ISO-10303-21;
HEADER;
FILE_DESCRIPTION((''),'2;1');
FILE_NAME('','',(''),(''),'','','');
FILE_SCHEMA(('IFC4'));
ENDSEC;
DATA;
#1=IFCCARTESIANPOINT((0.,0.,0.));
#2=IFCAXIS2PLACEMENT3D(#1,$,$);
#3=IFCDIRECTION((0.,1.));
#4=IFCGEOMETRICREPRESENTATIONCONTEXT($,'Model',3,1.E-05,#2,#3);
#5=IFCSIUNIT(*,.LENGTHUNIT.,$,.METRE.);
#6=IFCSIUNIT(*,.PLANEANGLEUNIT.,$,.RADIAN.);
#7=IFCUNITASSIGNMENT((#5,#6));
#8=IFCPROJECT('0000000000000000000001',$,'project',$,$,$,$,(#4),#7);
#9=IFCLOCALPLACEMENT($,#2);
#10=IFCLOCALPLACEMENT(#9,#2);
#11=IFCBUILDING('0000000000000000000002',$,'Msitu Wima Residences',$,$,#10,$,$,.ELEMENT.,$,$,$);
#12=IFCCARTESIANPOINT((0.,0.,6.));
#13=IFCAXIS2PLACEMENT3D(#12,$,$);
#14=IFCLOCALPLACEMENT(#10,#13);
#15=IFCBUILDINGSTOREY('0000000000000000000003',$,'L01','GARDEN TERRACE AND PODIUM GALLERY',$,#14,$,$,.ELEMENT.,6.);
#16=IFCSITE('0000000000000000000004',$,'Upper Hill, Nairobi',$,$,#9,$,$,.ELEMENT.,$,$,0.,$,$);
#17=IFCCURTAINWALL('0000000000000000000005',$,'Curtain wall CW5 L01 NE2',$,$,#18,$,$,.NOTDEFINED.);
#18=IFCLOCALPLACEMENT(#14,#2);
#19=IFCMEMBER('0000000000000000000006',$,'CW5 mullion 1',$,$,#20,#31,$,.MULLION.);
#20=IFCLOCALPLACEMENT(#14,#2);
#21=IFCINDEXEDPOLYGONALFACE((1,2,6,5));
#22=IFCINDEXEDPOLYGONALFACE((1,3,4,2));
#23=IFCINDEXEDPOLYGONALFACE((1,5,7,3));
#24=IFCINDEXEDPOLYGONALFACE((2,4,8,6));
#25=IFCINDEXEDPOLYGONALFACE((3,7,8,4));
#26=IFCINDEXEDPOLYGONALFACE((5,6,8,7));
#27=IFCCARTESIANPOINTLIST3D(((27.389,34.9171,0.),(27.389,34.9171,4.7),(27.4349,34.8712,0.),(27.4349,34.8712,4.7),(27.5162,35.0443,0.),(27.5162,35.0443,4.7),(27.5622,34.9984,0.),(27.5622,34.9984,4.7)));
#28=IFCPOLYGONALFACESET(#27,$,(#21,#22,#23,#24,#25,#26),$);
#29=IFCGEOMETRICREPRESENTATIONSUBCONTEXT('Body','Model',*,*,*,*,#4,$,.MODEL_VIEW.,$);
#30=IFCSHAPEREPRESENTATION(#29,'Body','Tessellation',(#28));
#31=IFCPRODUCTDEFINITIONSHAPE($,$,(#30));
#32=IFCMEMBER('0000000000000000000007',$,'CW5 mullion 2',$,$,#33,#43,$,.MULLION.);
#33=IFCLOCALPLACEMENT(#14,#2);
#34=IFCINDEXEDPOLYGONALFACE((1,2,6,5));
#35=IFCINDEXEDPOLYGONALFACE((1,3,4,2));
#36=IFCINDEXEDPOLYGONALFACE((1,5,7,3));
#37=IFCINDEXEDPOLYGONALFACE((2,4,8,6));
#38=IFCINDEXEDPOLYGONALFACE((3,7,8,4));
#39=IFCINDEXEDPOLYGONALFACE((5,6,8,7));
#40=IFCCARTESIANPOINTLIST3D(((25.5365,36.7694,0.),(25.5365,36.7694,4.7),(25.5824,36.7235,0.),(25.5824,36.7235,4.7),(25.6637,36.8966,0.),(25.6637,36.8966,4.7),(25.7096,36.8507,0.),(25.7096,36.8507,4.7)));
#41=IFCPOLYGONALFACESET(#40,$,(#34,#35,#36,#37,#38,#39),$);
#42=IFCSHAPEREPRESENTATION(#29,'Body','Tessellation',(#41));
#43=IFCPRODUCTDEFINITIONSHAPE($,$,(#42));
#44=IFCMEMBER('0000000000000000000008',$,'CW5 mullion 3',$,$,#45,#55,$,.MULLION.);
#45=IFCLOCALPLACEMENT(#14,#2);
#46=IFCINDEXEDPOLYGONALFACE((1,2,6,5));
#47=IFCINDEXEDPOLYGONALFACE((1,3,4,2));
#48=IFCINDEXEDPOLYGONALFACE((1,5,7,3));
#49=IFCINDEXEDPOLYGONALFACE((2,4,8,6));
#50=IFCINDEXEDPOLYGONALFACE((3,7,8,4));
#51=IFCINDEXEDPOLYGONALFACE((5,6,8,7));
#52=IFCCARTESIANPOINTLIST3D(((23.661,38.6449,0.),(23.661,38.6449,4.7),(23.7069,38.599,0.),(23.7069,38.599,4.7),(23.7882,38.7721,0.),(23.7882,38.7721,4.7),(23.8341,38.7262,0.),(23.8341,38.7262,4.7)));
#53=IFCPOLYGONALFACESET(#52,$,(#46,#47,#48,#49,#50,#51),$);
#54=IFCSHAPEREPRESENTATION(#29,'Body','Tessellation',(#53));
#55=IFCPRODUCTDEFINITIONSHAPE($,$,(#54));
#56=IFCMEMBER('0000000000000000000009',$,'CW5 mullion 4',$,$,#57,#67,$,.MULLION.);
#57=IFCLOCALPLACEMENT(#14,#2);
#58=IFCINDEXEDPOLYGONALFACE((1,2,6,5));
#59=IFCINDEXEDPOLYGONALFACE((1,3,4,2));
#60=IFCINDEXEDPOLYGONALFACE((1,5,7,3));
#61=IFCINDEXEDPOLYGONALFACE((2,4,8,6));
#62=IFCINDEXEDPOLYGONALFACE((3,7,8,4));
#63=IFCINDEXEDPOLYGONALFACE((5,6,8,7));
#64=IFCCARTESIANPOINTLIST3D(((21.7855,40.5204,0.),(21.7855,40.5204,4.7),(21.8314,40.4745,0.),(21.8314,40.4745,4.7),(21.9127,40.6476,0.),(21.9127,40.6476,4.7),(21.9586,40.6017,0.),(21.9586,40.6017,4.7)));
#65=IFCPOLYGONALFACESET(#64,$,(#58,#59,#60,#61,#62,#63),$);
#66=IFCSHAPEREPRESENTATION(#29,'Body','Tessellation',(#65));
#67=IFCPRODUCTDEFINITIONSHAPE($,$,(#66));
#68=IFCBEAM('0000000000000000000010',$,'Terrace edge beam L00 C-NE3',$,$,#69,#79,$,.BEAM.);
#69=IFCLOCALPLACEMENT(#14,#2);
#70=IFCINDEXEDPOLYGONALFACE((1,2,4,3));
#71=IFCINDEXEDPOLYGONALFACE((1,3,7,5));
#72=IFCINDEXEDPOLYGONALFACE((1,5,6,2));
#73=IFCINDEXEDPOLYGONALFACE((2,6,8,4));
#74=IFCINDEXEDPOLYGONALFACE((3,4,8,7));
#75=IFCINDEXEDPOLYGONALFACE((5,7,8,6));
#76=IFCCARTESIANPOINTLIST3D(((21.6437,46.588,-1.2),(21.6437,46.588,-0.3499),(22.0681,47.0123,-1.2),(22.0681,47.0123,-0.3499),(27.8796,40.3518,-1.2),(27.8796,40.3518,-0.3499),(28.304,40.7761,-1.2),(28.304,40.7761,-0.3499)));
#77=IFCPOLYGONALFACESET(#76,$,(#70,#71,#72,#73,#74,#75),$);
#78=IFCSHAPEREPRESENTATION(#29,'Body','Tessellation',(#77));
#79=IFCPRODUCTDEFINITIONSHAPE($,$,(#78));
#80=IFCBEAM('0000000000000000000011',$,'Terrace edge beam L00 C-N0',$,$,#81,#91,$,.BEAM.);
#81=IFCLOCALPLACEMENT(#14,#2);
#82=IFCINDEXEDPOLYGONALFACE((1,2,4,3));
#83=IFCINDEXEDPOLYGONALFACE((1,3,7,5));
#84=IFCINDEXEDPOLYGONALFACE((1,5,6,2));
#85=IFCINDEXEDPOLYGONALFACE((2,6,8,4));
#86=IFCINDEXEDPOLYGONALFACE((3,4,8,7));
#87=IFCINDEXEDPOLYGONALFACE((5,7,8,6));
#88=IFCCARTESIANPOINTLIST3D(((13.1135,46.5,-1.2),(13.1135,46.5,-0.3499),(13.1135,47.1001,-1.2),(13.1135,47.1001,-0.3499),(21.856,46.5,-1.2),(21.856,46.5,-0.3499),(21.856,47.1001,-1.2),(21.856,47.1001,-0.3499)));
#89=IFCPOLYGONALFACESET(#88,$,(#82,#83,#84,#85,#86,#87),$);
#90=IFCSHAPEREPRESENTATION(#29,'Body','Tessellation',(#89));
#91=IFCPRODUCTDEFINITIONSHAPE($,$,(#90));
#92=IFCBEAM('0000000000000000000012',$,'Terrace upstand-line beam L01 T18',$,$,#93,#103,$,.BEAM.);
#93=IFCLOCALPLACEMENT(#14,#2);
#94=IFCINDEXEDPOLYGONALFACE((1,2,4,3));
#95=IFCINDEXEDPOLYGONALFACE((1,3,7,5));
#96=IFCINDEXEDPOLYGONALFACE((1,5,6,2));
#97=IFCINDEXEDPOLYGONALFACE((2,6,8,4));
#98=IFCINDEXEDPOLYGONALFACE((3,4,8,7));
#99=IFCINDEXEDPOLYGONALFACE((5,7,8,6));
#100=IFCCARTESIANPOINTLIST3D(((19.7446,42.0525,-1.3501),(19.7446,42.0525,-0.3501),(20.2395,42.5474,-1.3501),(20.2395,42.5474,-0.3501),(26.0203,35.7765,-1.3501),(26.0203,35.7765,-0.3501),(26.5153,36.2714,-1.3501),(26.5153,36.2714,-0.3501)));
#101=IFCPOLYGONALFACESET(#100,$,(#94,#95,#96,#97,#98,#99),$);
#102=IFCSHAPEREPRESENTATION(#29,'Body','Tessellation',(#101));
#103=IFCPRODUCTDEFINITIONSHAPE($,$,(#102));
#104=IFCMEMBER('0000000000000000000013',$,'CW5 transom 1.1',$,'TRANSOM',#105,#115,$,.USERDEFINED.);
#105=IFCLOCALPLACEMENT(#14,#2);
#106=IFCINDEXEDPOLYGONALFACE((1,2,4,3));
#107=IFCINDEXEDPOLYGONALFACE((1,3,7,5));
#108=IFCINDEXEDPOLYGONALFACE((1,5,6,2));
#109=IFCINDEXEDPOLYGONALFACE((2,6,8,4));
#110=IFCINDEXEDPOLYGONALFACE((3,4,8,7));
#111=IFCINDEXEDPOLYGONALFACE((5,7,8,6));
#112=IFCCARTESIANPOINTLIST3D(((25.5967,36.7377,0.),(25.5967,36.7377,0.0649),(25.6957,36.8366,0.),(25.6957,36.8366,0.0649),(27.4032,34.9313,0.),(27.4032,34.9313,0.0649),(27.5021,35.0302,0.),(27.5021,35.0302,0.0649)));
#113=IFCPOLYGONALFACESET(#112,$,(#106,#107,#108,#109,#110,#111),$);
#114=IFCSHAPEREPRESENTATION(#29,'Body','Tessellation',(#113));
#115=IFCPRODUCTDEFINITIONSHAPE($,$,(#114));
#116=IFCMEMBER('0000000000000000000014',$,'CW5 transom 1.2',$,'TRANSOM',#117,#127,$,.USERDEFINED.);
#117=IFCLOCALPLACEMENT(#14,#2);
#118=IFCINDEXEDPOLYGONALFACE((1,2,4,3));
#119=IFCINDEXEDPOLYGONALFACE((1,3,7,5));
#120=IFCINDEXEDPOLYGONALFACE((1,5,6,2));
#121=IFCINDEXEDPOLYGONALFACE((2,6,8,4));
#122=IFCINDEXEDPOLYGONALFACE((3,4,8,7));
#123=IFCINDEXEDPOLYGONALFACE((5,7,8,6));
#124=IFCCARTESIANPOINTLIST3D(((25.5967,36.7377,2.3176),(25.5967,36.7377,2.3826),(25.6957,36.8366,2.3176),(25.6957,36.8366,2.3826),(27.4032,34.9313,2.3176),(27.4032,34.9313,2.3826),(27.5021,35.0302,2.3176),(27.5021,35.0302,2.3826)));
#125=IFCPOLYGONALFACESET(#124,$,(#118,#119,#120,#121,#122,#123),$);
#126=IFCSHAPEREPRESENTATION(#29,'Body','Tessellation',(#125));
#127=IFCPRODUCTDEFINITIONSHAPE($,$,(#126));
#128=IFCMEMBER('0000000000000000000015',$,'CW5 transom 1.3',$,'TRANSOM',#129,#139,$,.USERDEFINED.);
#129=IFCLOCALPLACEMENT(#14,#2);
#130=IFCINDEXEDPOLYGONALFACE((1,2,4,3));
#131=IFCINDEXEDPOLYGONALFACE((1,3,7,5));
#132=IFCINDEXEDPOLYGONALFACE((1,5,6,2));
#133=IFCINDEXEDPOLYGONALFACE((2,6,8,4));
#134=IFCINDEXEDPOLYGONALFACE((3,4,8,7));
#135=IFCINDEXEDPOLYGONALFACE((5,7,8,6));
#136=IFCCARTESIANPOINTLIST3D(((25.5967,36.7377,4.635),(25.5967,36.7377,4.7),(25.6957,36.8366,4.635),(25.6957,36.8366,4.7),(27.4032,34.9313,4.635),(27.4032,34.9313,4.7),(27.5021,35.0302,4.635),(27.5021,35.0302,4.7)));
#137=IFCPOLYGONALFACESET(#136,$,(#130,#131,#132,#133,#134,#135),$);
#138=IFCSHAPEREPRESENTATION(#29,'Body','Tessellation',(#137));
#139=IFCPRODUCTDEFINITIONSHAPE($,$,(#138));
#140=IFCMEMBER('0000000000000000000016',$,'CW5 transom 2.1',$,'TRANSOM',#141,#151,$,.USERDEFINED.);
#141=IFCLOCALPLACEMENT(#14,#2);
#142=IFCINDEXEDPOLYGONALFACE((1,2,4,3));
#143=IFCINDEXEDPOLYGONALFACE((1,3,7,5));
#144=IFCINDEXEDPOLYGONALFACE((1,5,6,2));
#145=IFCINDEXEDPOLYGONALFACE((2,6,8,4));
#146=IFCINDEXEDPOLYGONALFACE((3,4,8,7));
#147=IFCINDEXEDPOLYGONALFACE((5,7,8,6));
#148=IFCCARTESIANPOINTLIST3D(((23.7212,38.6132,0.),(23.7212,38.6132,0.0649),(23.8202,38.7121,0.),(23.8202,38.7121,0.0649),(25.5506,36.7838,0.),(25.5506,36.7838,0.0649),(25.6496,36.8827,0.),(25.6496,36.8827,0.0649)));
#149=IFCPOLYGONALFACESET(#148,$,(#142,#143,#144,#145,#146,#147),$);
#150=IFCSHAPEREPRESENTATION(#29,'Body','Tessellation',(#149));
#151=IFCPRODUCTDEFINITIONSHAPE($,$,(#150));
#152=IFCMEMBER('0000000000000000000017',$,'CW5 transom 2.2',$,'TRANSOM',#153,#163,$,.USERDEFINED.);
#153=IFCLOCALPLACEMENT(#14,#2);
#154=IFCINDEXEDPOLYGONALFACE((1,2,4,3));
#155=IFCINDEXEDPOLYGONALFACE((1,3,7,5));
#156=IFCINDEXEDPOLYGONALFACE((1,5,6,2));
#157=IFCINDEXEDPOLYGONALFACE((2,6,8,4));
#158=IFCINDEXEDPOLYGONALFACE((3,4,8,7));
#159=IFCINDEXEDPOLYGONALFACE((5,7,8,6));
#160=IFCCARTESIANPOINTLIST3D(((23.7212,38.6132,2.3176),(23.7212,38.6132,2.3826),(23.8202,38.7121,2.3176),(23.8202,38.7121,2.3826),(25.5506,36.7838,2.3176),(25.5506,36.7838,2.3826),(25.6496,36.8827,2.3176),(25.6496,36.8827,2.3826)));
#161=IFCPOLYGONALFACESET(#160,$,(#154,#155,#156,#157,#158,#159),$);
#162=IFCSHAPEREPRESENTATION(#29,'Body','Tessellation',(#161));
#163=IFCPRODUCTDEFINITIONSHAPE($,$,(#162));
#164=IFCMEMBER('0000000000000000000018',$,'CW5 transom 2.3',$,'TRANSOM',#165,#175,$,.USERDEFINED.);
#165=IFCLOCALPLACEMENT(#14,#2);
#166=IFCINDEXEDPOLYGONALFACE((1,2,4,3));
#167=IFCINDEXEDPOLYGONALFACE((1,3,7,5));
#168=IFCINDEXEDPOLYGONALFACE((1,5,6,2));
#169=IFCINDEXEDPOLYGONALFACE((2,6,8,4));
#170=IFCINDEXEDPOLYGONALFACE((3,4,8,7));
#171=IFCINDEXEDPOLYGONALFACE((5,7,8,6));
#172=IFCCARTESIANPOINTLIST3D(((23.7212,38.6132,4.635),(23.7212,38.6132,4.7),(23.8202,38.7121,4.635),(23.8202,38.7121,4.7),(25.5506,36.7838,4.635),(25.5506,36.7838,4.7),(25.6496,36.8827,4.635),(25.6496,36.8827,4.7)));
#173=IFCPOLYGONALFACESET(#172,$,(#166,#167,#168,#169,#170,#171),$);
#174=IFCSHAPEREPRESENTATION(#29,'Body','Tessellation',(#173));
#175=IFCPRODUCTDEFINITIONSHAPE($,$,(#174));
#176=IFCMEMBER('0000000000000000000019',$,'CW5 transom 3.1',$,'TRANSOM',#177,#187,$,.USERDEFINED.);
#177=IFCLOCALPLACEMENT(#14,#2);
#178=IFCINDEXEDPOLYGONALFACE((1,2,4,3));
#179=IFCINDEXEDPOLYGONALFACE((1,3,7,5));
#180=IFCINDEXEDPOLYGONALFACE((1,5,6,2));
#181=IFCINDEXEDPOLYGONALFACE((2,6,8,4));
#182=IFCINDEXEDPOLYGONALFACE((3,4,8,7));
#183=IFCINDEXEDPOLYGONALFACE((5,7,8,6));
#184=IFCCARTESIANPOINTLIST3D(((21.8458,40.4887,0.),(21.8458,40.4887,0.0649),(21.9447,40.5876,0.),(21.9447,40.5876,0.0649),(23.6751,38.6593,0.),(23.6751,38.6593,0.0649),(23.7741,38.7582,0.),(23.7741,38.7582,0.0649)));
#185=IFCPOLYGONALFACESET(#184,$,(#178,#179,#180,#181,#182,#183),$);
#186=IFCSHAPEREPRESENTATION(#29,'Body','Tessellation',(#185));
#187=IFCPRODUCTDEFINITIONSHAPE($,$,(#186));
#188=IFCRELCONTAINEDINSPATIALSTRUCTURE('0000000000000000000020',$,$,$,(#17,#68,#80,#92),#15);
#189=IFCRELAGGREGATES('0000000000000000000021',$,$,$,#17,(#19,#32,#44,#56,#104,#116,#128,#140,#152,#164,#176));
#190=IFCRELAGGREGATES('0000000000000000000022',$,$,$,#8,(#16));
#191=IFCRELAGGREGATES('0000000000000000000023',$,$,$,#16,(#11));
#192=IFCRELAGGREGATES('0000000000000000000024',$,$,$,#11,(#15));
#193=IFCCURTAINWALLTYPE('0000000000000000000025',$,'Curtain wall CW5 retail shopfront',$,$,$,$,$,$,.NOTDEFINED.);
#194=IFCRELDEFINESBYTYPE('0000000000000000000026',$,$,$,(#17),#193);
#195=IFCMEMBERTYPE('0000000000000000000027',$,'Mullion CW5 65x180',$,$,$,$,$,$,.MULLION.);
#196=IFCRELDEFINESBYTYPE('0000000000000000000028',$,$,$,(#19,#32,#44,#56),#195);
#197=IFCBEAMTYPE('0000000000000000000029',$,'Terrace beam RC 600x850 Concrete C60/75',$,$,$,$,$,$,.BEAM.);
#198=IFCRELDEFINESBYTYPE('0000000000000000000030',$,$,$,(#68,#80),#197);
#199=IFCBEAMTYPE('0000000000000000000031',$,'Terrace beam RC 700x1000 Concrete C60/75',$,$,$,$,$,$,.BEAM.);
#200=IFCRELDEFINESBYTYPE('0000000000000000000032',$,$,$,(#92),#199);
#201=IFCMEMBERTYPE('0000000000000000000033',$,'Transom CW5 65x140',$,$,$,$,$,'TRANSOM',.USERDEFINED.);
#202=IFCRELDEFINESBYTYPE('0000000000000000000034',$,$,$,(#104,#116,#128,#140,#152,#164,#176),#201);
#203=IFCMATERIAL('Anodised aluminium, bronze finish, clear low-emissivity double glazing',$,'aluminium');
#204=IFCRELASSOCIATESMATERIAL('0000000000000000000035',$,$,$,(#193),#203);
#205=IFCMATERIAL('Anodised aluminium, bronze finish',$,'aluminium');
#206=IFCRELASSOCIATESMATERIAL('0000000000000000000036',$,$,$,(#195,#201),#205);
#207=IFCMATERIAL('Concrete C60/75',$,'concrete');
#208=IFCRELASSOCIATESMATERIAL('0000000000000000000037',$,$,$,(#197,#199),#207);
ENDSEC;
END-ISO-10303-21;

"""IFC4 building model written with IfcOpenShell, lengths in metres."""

from ifc_helpers import new_model, si_unit, direction, frame, origin, origin_2d, place, context, subcontext, project, spatial, rectangle, extrude, material, material_profile, profile_set, type_object, element, aggregate, save


model = new_model("IFC4")

# Units and contexts
model_context = context("Model", 3, precision=1e-05, world=origin(), true_north=direction((0.0, 1.0)))
body_context = subcontext(model_context, "Body", "Model", "MODEL_VIEW")
ifc_project = project(units=[si_unit("LENGTHUNIT", "METRE"), si_unit("PLANEANGLEUNIT", "RADIAN")], contexts=[model_context])

# Site, building, storey
site_placement = place(None, origin())
site = spatial("IfcSite", under=ifc_project, at=site_placement, Name="Upper Hill, Nairobi", CompositionType="ELEMENT", RefElevation=0.0)
building_placement = place(site_placement, origin())
building = spatial("IfcBuilding", under=site, at=building_placement, Name="Msitu Wima Residences", CompositionType="ELEMENT")
storey_placement = place(building_placement, frame((0.0, 0.0, 6.0)))
storey = spatial("IfcBuildingStorey", under=building, at=storey_placement, Name="L01", Description="GARDEN TERRACE AND PODIUM GALLERY", CompositionType="ELEMENT", Elevation=6.0)

# Curtain wall, members
ifc_material_1 = material(Name="Anodised aluminium, bronze finish, clear low-emissivity double glazing", Category="aluminium")
curtain_wall_type = type_object("IfcCurtainWallType", Name="Curtain wall CW5 retail shopfront", PredefinedType="NOTDEFINED", material=ifc_material_1)
curtain_wall_placement = place(storey_placement, origin())
curtain_wall = element("IfcCurtainWall", 1, at=curtain_wall_placement, inside=storey, type_object=curtain_wall_type, Name="Curtain wall CW5 L01 NE2", PredefinedType="NOTDEFINED")
ifc_material_2 = material(Name="Anodised aluminium, bronze finish", Category="aluminium")
ifc_material_profile_1 = material_profile(ifc_material_2, rectangle(XDim=0.1799, YDim=0.0649, at=origin_2d()), Name="Mullion 65x180")
ifc_profile_set_1 = profile_set([ifc_material_profile_1], Name="Anodised aluminium, bronze finish")
member_type_1 = type_object("IfcMemberType", Name="Mullion CW5 65x180", PredefinedType="MULLION", material=ifc_profile_set_1)
member_1_placement = place(storey_placement, frame((27.4756, 34.9578, 0.0), z_axis=(0.0, 0.0, 1.0), x_axis=(-0.707107, -0.707107, 0.0)))
member_1 = element("IfcMember", 2, at=member_1_placement, type_object=member_type_1, Name="CW5 mullion 1", PredefinedType="MULLION", context=body_context, shape_type="SweptSolid", body=[
    extrude(rectangle(XDim=0.1799, YDim=0.0649, at=origin_2d()), origin(), (0.0, 0.0, 1.0), 4.7),
])
member_2_placement = place(storey_placement, frame((25.623, 36.8101, 0.0), z_axis=(0.0, 0.0, 1.0), x_axis=(-0.707107, -0.707107, 0.0)))
member_2 = element("IfcMember", 3, at=member_2_placement, type_object=member_type_1, Name="CW5 mullion 2", PredefinedType="MULLION", context=body_context, shape_type="SweptSolid", body=[
    extrude(rectangle(XDim=0.1799, YDim=0.0649, at=origin_2d()), origin(), (0.0, 0.0, 1.0), 4.7),
])
member_3_placement = place(storey_placement, frame((23.7476, 38.6855, 0.0), z_axis=(0.0, 0.0, 1.0), x_axis=(-0.707107, -0.707107, 0.0)))
member_3 = element("IfcMember", 4, at=member_3_placement, type_object=member_type_1, Name="CW5 mullion 3", PredefinedType="MULLION", context=body_context, shape_type="SweptSolid", body=[
    extrude(rectangle(XDim=0.1799, YDim=0.0649, at=origin_2d()), origin(), (0.0, 0.0, 1.0), 4.7),
])
member_4_placement = place(storey_placement, frame((21.8721, 40.561, 0.0), z_axis=(0.0, 0.0, 1.0), x_axis=(-0.707107, -0.707107, 0.0)))
member_4 = element("IfcMember", 5, at=member_4_placement, type_object=member_type_1, Name="CW5 mullion 4", PredefinedType="MULLION", context=body_context, shape_type="SweptSolid", body=[
    extrude(rectangle(XDim=0.1799, YDim=0.0649, at=origin_2d()), origin(), (0.0, 0.0, 1.0), 4.7),
])

# Beams
ifc_material_3 = material(Name="Concrete C60/75", Category="concrete")
ifc_material_profile_2 = material_profile(ifc_material_3, rectangle(XDim=0.6001, YDim=0.8501, at=origin_2d()), Name="RC 600x850")
ifc_profile_set_2 = profile_set([ifc_material_profile_2], Name="Concrete C60/75")
beam_type_1 = type_object("IfcBeamType", Name="Terrace beam RC 600x850 Concrete C60/75", PredefinedType="BEAM", material=ifc_profile_set_2)
beam_1_placement = place(storey_placement, frame((28.0918, 40.564, -0.7749), z_axis=(-0.707093, 0.707121, 0.0), x_axis=(-0.707121, -0.707093, 0.0)))
element("IfcBeam", 6, at=beam_1_placement, inside=storey, type_object=beam_type_1, Name="Terrace edge beam L00 C-NE3", PredefinedType="BEAM", context=body_context, shape_type="SweptSolid", body=[
    extrude(rectangle(XDim=0.6001, YDim=0.8501, at=origin_2d()), origin(), (0.0, 0.0, 1.0), 8.8191),
])
beam_2_placement = place(storey_placement, frame((21.856, 46.8, -0.7749), z_axis=(-1.0, 0.0, 0.0), x_axis=(0.0, -1.0, 0.0)))
element("IfcBeam", 7, at=beam_2_placement, inside=storey, type_object=beam_type_1, Name="Terrace edge beam L00 C-N0", PredefinedType="BEAM", context=body_context, shape_type="SweptSolid", body=[
    extrude(rectangle(XDim=0.6001, YDim=0.8501, at=origin_2d()), origin(), (0.0, 0.0, 1.0), 8.7424),
])
ifc_material_profile_3 = material_profile(ifc_material_3, rectangle(XDim=0.7, YDim=1.0, at=origin_2d()), Name="RC 700x1000")
ifc_profile_set_3 = profile_set([ifc_material_profile_3], Name="Concrete C60/75")
beam_type_2 = type_object("IfcBeamType", Name="Terrace beam RC 700x1000 Concrete C60/75", PredefinedType="BEAM", material=ifc_profile_set_3)
beam_3_placement = place(storey_placement, frame((26.2678, 36.0239, -0.8501), z_axis=(-0.707093, 0.707121, 0.0), x_axis=(-0.707121, -0.707093, 0.0)))
element("IfcBeam", 8, at=beam_3_placement, inside=storey, type_object=beam_type_2, Name="Terrace upstand-line beam L01 T18", PredefinedType="BEAM", context=body_context, shape_type="SweptSolid", body=[
    extrude(rectangle(XDim=0.7, YDim=1.0, at=origin_2d()), origin(), (0.0, 0.0, 1.0), 8.8755),
])

# Members
ifc_material_profile_4 = material_profile(ifc_material_2, rectangle(XDim=0.1399, YDim=0.0649, at=origin_2d()), Name="Transom 65x140")
ifc_profile_set_4 = profile_set([ifc_material_profile_4], Name="Anodised aluminium, bronze finish")
member_type_2 = type_object("IfcMemberType", Name="Transom CW5 65x140", ElementType="TRANSOM", PredefinedType="USERDEFINED", material=ifc_profile_set_4)
member_5_placement = place(storey_placement, frame((27.4526, 34.9807, 0.0325), z_axis=(-0.707107, 0.707107, 0.0), x_axis=(-0.707107, -0.707107, 0.0)))
member_5 = element("IfcMember", 9, at=member_5_placement, type_object=member_type_2, Name="CW5 transom 1.1", ObjectType="TRANSOM", PredefinedType="USERDEFINED", context=body_context, shape_type="SweptSolid", body=[
    extrude(rectangle(XDim=0.1399, YDim=0.0649, at=origin_2d()), origin(), (0.0, 0.0, 1.0), 2.5547),
])
member_6_placement = place(storey_placement, frame((27.4526, 34.9807, 2.3501), z_axis=(-0.707107, 0.707107, 0.0), x_axis=(-0.707107, -0.707107, 0.0)))
member_6 = element("IfcMember", 10, at=member_6_placement, type_object=member_type_2, Name="CW5 transom 1.2", ObjectType="TRANSOM", PredefinedType="USERDEFINED", context=body_context, shape_type="SweptSolid", body=[
    extrude(rectangle(XDim=0.1399, YDim=0.0649, at=origin_2d()), origin(), (0.0, 0.0, 1.0), 2.5547),
])
member_7_placement = place(storey_placement, frame((27.4526, 34.9807, 4.6675), z_axis=(-0.707107, 0.707107, 0.0), x_axis=(-0.707107, -0.707107, 0.0)))
member_7 = element("IfcMember", 11, at=member_7_placement, type_object=member_type_2, Name="CW5 transom 1.3", ObjectType="TRANSOM", PredefinedType="USERDEFINED", context=body_context, shape_type="SweptSolid", body=[
    extrude(rectangle(XDim=0.1399, YDim=0.0649, at=origin_2d()), origin(), (0.0, 0.0, 1.0), 2.5547),
])
member_8_placement = place(storey_placement, frame((25.6001, 36.8333, 0.0325), z_axis=(-0.707107, 0.707107, 0.0), x_axis=(-0.707107, -0.707107, 0.0)))
member_8 = element("IfcMember", 12, at=member_8_placement, type_object=member_type_2, Name="CW5 transom 2.1", ObjectType="TRANSOM", PredefinedType="USERDEFINED", context=body_context, shape_type="SweptSolid", body=[
    extrude(rectangle(XDim=0.1399, YDim=0.0649, at=origin_2d()), origin(), (0.0, 0.0, 1.0), 2.5872),
])
member_9_placement = place(storey_placement, frame((25.6001, 36.8333, 2.3501), z_axis=(-0.707107, 0.707107, 0.0), x_axis=(-0.707107, -0.707107, 0.0)))
member_9 = element("IfcMember", 13, at=member_9_placement, type_object=member_type_2, Name="CW5 transom 2.2", ObjectType="TRANSOM", PredefinedType="USERDEFINED", context=body_context, shape_type="SweptSolid", body=[
    extrude(rectangle(XDim=0.1399, YDim=0.0649, at=origin_2d()), origin(), (0.0, 0.0, 1.0), 2.5872),
])
member_10_placement = place(storey_placement, frame((25.6001, 36.8333, 4.6675), z_axis=(-0.707107, 0.707107, 0.0), x_axis=(-0.707107, -0.707107, 0.0)))
member_10 = element("IfcMember", 14, at=member_10_placement, type_object=member_type_2, Name="CW5 transom 2.3", ObjectType="TRANSOM", PredefinedType="USERDEFINED", context=body_context, shape_type="SweptSolid", body=[
    extrude(rectangle(XDim=0.1399, YDim=0.0649, at=origin_2d()), origin(), (0.0, 0.0, 1.0), 2.5872),
])
member_11_placement = place(storey_placement, frame((23.7246, 38.7087, 0.0325), z_axis=(-0.707107, 0.707107, 0.0), x_axis=(-0.707107, -0.707107, 0.0)))
member_11 = element("IfcMember", 15, at=member_11_placement, type_object=member_type_2, Name="CW5 transom 3.1", ObjectType="TRANSOM", PredefinedType="USERDEFINED", context=body_context, shape_type="SweptSolid", body=[
    extrude(rectangle(XDim=0.1399, YDim=0.0649, at=origin_2d()), origin(), (0.0, 0.0, 1.0), 2.5872),
])

aggregate(curtain_wall, [member_1, member_2, member_3, member_4, member_5, member_6, member_7, member_8, member_9, member_10, member_11])

save(model, "model.ifc")
